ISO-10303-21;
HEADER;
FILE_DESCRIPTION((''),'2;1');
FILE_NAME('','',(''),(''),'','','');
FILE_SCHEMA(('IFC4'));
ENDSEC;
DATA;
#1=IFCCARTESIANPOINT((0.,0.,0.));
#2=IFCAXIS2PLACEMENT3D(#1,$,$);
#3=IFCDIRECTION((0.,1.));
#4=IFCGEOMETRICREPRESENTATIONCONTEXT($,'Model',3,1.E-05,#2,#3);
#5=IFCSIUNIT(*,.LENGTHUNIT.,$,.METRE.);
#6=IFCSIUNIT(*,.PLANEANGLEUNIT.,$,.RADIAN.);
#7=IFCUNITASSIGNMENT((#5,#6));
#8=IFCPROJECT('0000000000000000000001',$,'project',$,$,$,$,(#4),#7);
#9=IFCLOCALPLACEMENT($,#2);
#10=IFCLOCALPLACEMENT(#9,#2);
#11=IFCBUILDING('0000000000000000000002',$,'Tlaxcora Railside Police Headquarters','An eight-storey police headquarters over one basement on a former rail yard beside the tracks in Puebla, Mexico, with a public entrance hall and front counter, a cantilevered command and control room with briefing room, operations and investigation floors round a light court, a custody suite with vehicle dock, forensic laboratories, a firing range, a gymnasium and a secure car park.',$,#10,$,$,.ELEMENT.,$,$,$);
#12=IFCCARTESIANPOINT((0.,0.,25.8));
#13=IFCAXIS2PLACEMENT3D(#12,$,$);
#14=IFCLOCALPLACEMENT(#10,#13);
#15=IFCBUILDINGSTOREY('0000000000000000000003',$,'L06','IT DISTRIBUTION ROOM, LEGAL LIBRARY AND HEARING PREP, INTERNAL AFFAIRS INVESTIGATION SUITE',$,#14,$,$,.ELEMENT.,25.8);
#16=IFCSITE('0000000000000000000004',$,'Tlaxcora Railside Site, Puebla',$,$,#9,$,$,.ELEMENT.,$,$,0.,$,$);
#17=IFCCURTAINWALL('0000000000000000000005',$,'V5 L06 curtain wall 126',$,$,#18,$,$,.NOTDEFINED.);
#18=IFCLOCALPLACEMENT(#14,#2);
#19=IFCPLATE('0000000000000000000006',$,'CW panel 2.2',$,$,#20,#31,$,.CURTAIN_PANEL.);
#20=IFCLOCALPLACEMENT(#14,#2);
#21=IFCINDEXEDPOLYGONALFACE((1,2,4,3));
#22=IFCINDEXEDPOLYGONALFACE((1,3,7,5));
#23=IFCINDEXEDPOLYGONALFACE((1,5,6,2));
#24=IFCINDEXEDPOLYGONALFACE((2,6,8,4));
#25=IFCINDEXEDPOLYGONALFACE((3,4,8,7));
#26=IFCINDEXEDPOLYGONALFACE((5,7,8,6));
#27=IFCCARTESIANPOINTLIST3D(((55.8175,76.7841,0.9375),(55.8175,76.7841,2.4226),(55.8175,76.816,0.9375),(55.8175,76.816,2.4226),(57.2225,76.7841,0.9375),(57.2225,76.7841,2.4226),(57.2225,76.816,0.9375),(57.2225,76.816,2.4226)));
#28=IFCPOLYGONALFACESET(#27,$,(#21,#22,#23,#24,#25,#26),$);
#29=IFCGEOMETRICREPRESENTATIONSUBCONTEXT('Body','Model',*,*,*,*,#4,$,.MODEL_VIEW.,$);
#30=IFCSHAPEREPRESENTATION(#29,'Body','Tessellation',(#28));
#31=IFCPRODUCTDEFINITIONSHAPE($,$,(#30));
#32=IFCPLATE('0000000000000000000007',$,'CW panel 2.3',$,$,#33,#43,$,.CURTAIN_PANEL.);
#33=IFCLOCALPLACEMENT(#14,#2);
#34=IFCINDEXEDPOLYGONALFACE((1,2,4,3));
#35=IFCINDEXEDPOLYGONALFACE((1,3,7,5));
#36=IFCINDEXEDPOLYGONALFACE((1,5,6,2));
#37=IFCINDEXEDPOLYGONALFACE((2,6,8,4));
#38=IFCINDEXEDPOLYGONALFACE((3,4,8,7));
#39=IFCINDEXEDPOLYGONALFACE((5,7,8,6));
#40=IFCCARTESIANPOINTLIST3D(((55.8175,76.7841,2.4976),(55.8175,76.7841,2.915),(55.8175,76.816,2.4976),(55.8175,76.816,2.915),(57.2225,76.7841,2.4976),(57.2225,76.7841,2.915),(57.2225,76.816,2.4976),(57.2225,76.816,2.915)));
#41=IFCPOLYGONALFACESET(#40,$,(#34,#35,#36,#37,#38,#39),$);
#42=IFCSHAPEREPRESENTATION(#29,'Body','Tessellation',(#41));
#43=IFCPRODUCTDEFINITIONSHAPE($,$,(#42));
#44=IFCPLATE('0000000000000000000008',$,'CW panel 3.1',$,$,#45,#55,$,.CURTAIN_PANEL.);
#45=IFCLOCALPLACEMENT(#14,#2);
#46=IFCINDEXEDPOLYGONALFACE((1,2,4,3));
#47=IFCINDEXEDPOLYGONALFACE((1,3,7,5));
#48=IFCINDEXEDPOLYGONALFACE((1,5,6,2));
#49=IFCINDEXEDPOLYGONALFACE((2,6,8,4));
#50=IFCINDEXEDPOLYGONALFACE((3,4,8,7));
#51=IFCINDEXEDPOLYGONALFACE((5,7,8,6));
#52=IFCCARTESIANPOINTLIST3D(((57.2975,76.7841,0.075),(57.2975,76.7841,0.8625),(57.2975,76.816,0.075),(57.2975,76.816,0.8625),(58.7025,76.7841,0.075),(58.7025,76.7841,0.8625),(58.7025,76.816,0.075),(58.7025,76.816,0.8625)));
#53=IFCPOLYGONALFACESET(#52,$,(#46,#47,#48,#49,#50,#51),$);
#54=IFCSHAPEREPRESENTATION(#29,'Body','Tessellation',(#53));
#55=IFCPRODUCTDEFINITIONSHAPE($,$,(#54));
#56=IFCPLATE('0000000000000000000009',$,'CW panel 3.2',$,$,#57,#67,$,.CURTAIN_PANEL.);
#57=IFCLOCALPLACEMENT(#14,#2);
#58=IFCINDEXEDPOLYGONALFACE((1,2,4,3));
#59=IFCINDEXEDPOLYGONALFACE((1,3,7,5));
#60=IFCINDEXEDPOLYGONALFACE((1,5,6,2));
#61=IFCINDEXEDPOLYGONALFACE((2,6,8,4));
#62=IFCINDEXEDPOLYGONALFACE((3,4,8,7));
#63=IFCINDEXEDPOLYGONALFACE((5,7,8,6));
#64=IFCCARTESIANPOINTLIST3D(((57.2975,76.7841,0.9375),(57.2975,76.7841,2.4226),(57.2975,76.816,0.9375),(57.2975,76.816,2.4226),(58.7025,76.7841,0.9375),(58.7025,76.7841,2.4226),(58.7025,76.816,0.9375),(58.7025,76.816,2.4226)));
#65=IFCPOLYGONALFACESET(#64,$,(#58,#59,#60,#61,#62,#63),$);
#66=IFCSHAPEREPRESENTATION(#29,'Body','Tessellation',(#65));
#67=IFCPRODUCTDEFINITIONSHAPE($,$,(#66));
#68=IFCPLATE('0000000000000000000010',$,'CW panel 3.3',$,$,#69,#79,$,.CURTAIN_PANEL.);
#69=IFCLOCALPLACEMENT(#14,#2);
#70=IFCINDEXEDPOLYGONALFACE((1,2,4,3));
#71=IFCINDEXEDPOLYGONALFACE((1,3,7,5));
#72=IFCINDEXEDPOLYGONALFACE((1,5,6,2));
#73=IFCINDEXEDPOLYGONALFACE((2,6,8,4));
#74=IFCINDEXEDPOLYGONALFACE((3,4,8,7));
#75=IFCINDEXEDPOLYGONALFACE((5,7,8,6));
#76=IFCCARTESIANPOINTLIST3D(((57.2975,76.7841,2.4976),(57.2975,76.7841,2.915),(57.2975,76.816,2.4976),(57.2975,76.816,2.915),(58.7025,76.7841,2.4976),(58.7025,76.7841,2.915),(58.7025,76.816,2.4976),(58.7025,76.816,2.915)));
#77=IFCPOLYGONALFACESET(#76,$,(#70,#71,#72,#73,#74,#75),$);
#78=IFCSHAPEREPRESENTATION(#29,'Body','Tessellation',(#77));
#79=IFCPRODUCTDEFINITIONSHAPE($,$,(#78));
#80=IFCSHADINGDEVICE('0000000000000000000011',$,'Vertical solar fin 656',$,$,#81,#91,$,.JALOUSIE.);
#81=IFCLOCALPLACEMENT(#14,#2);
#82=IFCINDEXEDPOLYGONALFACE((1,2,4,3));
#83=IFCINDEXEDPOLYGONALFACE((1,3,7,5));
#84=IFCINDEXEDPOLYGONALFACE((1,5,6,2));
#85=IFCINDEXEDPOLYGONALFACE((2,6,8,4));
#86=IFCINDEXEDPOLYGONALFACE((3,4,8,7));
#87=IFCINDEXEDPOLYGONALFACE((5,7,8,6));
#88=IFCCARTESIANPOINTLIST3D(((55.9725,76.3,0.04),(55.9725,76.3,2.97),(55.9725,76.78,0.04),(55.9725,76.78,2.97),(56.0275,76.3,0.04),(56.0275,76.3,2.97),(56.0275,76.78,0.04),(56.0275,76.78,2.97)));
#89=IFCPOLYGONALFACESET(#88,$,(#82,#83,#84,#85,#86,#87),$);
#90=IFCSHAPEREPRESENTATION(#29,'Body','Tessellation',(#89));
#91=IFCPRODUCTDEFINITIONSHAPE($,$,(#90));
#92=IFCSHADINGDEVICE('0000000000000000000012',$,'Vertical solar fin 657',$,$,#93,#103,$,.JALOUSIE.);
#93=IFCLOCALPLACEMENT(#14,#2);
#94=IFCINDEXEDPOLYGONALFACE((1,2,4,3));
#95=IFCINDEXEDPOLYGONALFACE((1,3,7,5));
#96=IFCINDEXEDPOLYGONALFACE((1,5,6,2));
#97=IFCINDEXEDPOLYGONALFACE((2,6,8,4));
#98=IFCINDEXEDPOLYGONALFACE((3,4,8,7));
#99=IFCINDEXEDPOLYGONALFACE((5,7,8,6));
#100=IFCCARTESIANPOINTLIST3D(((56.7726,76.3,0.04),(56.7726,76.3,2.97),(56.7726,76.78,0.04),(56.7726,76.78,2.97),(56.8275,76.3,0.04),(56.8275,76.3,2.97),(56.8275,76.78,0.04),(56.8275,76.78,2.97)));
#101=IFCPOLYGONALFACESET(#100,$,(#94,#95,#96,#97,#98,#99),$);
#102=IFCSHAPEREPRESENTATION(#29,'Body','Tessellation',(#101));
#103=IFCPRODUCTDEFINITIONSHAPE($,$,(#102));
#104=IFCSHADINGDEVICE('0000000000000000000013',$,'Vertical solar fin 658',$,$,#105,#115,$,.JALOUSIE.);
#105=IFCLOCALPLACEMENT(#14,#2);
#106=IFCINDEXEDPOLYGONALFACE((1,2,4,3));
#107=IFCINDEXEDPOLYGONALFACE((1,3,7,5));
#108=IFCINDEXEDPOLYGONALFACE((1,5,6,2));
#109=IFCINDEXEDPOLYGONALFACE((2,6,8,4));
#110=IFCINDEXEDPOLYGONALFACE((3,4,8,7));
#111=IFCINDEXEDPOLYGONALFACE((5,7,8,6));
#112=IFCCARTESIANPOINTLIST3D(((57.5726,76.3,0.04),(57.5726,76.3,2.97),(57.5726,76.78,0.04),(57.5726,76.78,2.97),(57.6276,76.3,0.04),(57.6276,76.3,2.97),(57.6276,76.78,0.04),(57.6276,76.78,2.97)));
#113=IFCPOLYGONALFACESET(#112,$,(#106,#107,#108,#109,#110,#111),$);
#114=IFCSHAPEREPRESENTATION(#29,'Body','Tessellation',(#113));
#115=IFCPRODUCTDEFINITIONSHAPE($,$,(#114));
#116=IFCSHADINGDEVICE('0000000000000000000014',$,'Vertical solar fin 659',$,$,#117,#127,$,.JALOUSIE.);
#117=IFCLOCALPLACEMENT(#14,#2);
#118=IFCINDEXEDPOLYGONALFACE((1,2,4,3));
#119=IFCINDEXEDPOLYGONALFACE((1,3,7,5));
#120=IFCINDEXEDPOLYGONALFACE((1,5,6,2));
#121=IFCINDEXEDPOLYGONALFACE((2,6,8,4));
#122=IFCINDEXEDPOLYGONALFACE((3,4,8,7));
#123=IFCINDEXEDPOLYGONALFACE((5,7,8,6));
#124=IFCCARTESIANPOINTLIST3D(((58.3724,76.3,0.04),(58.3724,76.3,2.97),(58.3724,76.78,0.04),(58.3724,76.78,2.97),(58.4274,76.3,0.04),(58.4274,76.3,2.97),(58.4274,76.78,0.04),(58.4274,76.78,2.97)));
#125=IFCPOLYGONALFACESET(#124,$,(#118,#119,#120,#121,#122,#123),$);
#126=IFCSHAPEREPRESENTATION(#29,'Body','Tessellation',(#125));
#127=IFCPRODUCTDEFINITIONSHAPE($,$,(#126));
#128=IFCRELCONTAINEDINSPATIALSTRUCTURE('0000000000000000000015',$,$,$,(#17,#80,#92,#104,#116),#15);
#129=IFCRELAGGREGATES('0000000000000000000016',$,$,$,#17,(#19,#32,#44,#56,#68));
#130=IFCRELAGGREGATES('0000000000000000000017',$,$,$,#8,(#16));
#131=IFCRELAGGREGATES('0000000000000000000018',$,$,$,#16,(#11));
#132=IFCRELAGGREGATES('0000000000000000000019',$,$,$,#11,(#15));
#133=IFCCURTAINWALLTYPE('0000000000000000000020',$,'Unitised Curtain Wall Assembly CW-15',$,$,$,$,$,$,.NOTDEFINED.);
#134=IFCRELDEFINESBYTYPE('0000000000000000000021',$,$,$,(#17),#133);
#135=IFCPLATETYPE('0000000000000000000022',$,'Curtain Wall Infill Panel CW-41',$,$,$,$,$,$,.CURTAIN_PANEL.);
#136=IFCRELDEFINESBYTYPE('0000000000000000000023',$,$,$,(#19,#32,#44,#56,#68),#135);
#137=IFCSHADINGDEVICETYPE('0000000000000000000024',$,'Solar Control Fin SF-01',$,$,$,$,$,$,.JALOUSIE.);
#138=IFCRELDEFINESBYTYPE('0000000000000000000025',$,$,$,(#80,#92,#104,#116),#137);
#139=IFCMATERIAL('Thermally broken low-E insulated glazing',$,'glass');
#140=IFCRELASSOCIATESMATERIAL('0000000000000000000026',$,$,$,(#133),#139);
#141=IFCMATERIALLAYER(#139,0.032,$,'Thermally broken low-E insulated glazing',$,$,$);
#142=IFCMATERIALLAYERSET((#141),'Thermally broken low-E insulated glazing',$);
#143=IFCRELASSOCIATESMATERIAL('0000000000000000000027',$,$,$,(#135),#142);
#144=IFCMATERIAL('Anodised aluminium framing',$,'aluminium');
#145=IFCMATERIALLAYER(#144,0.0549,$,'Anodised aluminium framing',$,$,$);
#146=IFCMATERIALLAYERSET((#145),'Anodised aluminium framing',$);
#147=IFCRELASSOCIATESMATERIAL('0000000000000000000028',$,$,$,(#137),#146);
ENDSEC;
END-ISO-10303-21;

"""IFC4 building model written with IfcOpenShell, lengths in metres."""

from ifc_helpers import new_model, si_unit, direction, frame, origin, origin_2d, place, context, subcontext, project, spatial, rectangle, extrude, material, layer, layer_set, type_object, element, aggregate, save


model = new_model("IFC4")

# Units and contexts
model_context = context("Model", 3, precision=1e-05, world=origin(), true_north=direction((0.0, 1.0)))
body_context = subcontext(model_context, "Body", "Model", "MODEL_VIEW")
ifc_project = project(units=[si_unit("LENGTHUNIT", "METRE"), si_unit("PLANEANGLEUNIT", "RADIAN")], contexts=[model_context])

# Site, building, storey
site_placement = place(None, origin())
site = spatial("IfcSite", under=ifc_project, at=site_placement, Name="Tlaxcora Railside Site, Puebla", CompositionType="ELEMENT", RefElevation=0.0)
building_placement = place(site_placement, origin())
building = spatial("IfcBuilding", under=site, at=building_placement, Name="Tlaxcora Railside Police Headquarters", Description="An eight-storey police headquarters over one basement on a former rail yard beside the tracks in Puebla, Mexico, with a public entrance hall and front counter, a cantilevered command and control room with briefing room, operations and investigation floors round a light court, a custody suite with vehicle dock, forensic laboratories, a firing range, a gymnasium and a secure car park.", CompositionType="ELEMENT")
storey_placement = place(building_placement, frame((0.0, 0.0, 25.8)))
storey = spatial("IfcBuildingStorey", under=building, at=storey_placement, Name="L06", Description="IT DISTRIBUTION ROOM, LEGAL LIBRARY AND HEARING PREP, INTERNAL AFFAIRS INVESTIGATION SUITE", CompositionType="ELEMENT", Elevation=25.8)

# Curtain wall, plates
ifc_material_1 = material(Name="Thermally broken low-E insulated glazing", Category="glass")
curtain_wall_type = type_object("IfcCurtainWallType", Name="Unitised Curtain Wall Assembly CW-15", PredefinedType="NOTDEFINED", material=ifc_material_1)
curtain_wall_placement = place(storey_placement, origin())
curtain_wall = element("IfcCurtainWall", 1, at=curtain_wall_placement, inside=storey, type_object=curtain_wall_type, Name="V5 L06 curtain wall 126", PredefinedType="NOTDEFINED")
ifc_material_2 = material(Name="Anodised aluminium framing", Category="aluminium")
ifc_layer_1 = layer(ifc_material_1, 0.032, Name="Thermally broken low-E insulated glazing")
ifc_layer_set_1 = layer_set([ifc_layer_1], Name="Thermally broken low-E insulated glazing")
plate_type = type_object("IfcPlateType", Name="Curtain Wall Infill Panel CW-41", PredefinedType="CURTAIN_PANEL", material=ifc_layer_set_1)
plate_1_placement = place(storey_placement, frame((56.52, 76.8, 0.9375), z_axis=(0.0, 0.0, 1.0), x_axis=(1.0, 0.0, 0.0)))
plate_1 = element("IfcPlate", 2, at=plate_1_placement, type_object=plate_type, Name="CW panel 2.2", PredefinedType="CURTAIN_PANEL", context=body_context, shape_type="SweptSolid", body=[
    extrude(rectangle(XDim=1.405, YDim=0.032, at=origin_2d()), origin(), (0.0, 0.0, 1.0), 1.4851),
])
plate_2_placement = place(storey_placement, frame((56.52, 76.8, 2.4976), z_axis=(0.0, 0.0, 1.0), x_axis=(1.0, 0.0, 0.0)))
plate_2 = element("IfcPlate", 3, at=plate_2_placement, type_object=plate_type, Name="CW panel 2.3", PredefinedType="CURTAIN_PANEL", context=body_context, shape_type="SweptSolid", body=[
    extrude(rectangle(XDim=1.405, YDim=0.032, at=origin_2d()), origin(), (0.0, 0.0, 1.0), 0.4175),
])
plate_3_placement = place(storey_placement, frame((58.0, 76.8, 0.075), z_axis=(0.0, 0.0, 1.0), x_axis=(1.0, 0.0, 0.0)))
plate_3 = element("IfcPlate", 4, at=plate_3_placement, type_object=plate_type, Name="CW panel 3.1", PredefinedType="CURTAIN_PANEL", context=body_context, shape_type="SweptSolid", body=[
    extrude(rectangle(XDim=1.405, YDim=0.032, at=origin_2d()), origin(), (0.0, 0.0, 1.0), 0.7876),
])
plate_4_placement = place(storey_placement, frame((58.0, 76.8, 0.9375), z_axis=(0.0, 0.0, 1.0), x_axis=(1.0, 0.0, 0.0)))
plate_4 = element("IfcPlate", 5, at=plate_4_placement, type_object=plate_type, Name="CW panel 3.2", PredefinedType="CURTAIN_PANEL", context=body_context, shape_type="SweptSolid", body=[
    extrude(rectangle(XDim=1.405, YDim=0.032, at=origin_2d()), origin(), (0.0, 0.0, 1.0), 1.4851),
])
plate_5_placement = place(storey_placement, frame((58.0, 76.8, 2.4976), z_axis=(0.0, 0.0, 1.0), x_axis=(1.0, 0.0, 0.0)))
plate_5 = element("IfcPlate", 6, at=plate_5_placement, type_object=plate_type, Name="CW panel 3.3", PredefinedType="CURTAIN_PANEL", context=body_context, shape_type="SweptSolid", body=[
    extrude(rectangle(XDim=1.405, YDim=0.032, at=origin_2d()), origin(), (0.0, 0.0, 1.0), 0.4175),
])
aggregate(curtain_wall, [plate_1, plate_2, plate_3, plate_4, plate_5])

# Shading devices
ifc_layer_2 = layer(ifc_material_2, 0.0549, Name="Anodised aluminium framing")
ifc_layer_set_2 = layer_set([ifc_layer_2], Name="Anodised aluminium framing")
shading_device_type = type_object("IfcShadingDeviceType", Name="Solar Control Fin SF-01", PredefinedType="JALOUSIE", material=ifc_layer_set_2)
for number, where, z_axis, x_axis, name in (
    (7, (56.0, 76.54, 0.04), (0.0, 0.0, 1.0), (0.0, -1.0, 0.0), "Vertical solar fin 656"),
    (8, (56.8, 76.54, 0.04), (0.0, 0.0, 1.0), (0.0, -1.0, 0.0), "Vertical solar fin 657"),
    (9, (57.6001, 76.54, 0.04), (0.0, 0.0, 1.0), (0.0, -1.0, 0.0), "Vertical solar fin 658"),
    (10, (58.3999, 76.54, 0.04), (0.0, 0.0, 1.0), (0.0, -1.0, 0.0), "Vertical solar fin 659"),
):
    element("IfcShadingDevice", number, at=place(storey_placement, frame(where, z_axis=z_axis, x_axis=x_axis)), inside=storey, type_object=shading_device_type, Name=name, PredefinedType="JALOUSIE", context=body_context, shape_type="SweptSolid", body=[
        extrude(rectangle(XDim=0.48, YDim=0.0549, at=origin_2d()), origin(), (0.0, 0.0, 1.0), 2.9299),
    ])

save(model, "model.ifc")
